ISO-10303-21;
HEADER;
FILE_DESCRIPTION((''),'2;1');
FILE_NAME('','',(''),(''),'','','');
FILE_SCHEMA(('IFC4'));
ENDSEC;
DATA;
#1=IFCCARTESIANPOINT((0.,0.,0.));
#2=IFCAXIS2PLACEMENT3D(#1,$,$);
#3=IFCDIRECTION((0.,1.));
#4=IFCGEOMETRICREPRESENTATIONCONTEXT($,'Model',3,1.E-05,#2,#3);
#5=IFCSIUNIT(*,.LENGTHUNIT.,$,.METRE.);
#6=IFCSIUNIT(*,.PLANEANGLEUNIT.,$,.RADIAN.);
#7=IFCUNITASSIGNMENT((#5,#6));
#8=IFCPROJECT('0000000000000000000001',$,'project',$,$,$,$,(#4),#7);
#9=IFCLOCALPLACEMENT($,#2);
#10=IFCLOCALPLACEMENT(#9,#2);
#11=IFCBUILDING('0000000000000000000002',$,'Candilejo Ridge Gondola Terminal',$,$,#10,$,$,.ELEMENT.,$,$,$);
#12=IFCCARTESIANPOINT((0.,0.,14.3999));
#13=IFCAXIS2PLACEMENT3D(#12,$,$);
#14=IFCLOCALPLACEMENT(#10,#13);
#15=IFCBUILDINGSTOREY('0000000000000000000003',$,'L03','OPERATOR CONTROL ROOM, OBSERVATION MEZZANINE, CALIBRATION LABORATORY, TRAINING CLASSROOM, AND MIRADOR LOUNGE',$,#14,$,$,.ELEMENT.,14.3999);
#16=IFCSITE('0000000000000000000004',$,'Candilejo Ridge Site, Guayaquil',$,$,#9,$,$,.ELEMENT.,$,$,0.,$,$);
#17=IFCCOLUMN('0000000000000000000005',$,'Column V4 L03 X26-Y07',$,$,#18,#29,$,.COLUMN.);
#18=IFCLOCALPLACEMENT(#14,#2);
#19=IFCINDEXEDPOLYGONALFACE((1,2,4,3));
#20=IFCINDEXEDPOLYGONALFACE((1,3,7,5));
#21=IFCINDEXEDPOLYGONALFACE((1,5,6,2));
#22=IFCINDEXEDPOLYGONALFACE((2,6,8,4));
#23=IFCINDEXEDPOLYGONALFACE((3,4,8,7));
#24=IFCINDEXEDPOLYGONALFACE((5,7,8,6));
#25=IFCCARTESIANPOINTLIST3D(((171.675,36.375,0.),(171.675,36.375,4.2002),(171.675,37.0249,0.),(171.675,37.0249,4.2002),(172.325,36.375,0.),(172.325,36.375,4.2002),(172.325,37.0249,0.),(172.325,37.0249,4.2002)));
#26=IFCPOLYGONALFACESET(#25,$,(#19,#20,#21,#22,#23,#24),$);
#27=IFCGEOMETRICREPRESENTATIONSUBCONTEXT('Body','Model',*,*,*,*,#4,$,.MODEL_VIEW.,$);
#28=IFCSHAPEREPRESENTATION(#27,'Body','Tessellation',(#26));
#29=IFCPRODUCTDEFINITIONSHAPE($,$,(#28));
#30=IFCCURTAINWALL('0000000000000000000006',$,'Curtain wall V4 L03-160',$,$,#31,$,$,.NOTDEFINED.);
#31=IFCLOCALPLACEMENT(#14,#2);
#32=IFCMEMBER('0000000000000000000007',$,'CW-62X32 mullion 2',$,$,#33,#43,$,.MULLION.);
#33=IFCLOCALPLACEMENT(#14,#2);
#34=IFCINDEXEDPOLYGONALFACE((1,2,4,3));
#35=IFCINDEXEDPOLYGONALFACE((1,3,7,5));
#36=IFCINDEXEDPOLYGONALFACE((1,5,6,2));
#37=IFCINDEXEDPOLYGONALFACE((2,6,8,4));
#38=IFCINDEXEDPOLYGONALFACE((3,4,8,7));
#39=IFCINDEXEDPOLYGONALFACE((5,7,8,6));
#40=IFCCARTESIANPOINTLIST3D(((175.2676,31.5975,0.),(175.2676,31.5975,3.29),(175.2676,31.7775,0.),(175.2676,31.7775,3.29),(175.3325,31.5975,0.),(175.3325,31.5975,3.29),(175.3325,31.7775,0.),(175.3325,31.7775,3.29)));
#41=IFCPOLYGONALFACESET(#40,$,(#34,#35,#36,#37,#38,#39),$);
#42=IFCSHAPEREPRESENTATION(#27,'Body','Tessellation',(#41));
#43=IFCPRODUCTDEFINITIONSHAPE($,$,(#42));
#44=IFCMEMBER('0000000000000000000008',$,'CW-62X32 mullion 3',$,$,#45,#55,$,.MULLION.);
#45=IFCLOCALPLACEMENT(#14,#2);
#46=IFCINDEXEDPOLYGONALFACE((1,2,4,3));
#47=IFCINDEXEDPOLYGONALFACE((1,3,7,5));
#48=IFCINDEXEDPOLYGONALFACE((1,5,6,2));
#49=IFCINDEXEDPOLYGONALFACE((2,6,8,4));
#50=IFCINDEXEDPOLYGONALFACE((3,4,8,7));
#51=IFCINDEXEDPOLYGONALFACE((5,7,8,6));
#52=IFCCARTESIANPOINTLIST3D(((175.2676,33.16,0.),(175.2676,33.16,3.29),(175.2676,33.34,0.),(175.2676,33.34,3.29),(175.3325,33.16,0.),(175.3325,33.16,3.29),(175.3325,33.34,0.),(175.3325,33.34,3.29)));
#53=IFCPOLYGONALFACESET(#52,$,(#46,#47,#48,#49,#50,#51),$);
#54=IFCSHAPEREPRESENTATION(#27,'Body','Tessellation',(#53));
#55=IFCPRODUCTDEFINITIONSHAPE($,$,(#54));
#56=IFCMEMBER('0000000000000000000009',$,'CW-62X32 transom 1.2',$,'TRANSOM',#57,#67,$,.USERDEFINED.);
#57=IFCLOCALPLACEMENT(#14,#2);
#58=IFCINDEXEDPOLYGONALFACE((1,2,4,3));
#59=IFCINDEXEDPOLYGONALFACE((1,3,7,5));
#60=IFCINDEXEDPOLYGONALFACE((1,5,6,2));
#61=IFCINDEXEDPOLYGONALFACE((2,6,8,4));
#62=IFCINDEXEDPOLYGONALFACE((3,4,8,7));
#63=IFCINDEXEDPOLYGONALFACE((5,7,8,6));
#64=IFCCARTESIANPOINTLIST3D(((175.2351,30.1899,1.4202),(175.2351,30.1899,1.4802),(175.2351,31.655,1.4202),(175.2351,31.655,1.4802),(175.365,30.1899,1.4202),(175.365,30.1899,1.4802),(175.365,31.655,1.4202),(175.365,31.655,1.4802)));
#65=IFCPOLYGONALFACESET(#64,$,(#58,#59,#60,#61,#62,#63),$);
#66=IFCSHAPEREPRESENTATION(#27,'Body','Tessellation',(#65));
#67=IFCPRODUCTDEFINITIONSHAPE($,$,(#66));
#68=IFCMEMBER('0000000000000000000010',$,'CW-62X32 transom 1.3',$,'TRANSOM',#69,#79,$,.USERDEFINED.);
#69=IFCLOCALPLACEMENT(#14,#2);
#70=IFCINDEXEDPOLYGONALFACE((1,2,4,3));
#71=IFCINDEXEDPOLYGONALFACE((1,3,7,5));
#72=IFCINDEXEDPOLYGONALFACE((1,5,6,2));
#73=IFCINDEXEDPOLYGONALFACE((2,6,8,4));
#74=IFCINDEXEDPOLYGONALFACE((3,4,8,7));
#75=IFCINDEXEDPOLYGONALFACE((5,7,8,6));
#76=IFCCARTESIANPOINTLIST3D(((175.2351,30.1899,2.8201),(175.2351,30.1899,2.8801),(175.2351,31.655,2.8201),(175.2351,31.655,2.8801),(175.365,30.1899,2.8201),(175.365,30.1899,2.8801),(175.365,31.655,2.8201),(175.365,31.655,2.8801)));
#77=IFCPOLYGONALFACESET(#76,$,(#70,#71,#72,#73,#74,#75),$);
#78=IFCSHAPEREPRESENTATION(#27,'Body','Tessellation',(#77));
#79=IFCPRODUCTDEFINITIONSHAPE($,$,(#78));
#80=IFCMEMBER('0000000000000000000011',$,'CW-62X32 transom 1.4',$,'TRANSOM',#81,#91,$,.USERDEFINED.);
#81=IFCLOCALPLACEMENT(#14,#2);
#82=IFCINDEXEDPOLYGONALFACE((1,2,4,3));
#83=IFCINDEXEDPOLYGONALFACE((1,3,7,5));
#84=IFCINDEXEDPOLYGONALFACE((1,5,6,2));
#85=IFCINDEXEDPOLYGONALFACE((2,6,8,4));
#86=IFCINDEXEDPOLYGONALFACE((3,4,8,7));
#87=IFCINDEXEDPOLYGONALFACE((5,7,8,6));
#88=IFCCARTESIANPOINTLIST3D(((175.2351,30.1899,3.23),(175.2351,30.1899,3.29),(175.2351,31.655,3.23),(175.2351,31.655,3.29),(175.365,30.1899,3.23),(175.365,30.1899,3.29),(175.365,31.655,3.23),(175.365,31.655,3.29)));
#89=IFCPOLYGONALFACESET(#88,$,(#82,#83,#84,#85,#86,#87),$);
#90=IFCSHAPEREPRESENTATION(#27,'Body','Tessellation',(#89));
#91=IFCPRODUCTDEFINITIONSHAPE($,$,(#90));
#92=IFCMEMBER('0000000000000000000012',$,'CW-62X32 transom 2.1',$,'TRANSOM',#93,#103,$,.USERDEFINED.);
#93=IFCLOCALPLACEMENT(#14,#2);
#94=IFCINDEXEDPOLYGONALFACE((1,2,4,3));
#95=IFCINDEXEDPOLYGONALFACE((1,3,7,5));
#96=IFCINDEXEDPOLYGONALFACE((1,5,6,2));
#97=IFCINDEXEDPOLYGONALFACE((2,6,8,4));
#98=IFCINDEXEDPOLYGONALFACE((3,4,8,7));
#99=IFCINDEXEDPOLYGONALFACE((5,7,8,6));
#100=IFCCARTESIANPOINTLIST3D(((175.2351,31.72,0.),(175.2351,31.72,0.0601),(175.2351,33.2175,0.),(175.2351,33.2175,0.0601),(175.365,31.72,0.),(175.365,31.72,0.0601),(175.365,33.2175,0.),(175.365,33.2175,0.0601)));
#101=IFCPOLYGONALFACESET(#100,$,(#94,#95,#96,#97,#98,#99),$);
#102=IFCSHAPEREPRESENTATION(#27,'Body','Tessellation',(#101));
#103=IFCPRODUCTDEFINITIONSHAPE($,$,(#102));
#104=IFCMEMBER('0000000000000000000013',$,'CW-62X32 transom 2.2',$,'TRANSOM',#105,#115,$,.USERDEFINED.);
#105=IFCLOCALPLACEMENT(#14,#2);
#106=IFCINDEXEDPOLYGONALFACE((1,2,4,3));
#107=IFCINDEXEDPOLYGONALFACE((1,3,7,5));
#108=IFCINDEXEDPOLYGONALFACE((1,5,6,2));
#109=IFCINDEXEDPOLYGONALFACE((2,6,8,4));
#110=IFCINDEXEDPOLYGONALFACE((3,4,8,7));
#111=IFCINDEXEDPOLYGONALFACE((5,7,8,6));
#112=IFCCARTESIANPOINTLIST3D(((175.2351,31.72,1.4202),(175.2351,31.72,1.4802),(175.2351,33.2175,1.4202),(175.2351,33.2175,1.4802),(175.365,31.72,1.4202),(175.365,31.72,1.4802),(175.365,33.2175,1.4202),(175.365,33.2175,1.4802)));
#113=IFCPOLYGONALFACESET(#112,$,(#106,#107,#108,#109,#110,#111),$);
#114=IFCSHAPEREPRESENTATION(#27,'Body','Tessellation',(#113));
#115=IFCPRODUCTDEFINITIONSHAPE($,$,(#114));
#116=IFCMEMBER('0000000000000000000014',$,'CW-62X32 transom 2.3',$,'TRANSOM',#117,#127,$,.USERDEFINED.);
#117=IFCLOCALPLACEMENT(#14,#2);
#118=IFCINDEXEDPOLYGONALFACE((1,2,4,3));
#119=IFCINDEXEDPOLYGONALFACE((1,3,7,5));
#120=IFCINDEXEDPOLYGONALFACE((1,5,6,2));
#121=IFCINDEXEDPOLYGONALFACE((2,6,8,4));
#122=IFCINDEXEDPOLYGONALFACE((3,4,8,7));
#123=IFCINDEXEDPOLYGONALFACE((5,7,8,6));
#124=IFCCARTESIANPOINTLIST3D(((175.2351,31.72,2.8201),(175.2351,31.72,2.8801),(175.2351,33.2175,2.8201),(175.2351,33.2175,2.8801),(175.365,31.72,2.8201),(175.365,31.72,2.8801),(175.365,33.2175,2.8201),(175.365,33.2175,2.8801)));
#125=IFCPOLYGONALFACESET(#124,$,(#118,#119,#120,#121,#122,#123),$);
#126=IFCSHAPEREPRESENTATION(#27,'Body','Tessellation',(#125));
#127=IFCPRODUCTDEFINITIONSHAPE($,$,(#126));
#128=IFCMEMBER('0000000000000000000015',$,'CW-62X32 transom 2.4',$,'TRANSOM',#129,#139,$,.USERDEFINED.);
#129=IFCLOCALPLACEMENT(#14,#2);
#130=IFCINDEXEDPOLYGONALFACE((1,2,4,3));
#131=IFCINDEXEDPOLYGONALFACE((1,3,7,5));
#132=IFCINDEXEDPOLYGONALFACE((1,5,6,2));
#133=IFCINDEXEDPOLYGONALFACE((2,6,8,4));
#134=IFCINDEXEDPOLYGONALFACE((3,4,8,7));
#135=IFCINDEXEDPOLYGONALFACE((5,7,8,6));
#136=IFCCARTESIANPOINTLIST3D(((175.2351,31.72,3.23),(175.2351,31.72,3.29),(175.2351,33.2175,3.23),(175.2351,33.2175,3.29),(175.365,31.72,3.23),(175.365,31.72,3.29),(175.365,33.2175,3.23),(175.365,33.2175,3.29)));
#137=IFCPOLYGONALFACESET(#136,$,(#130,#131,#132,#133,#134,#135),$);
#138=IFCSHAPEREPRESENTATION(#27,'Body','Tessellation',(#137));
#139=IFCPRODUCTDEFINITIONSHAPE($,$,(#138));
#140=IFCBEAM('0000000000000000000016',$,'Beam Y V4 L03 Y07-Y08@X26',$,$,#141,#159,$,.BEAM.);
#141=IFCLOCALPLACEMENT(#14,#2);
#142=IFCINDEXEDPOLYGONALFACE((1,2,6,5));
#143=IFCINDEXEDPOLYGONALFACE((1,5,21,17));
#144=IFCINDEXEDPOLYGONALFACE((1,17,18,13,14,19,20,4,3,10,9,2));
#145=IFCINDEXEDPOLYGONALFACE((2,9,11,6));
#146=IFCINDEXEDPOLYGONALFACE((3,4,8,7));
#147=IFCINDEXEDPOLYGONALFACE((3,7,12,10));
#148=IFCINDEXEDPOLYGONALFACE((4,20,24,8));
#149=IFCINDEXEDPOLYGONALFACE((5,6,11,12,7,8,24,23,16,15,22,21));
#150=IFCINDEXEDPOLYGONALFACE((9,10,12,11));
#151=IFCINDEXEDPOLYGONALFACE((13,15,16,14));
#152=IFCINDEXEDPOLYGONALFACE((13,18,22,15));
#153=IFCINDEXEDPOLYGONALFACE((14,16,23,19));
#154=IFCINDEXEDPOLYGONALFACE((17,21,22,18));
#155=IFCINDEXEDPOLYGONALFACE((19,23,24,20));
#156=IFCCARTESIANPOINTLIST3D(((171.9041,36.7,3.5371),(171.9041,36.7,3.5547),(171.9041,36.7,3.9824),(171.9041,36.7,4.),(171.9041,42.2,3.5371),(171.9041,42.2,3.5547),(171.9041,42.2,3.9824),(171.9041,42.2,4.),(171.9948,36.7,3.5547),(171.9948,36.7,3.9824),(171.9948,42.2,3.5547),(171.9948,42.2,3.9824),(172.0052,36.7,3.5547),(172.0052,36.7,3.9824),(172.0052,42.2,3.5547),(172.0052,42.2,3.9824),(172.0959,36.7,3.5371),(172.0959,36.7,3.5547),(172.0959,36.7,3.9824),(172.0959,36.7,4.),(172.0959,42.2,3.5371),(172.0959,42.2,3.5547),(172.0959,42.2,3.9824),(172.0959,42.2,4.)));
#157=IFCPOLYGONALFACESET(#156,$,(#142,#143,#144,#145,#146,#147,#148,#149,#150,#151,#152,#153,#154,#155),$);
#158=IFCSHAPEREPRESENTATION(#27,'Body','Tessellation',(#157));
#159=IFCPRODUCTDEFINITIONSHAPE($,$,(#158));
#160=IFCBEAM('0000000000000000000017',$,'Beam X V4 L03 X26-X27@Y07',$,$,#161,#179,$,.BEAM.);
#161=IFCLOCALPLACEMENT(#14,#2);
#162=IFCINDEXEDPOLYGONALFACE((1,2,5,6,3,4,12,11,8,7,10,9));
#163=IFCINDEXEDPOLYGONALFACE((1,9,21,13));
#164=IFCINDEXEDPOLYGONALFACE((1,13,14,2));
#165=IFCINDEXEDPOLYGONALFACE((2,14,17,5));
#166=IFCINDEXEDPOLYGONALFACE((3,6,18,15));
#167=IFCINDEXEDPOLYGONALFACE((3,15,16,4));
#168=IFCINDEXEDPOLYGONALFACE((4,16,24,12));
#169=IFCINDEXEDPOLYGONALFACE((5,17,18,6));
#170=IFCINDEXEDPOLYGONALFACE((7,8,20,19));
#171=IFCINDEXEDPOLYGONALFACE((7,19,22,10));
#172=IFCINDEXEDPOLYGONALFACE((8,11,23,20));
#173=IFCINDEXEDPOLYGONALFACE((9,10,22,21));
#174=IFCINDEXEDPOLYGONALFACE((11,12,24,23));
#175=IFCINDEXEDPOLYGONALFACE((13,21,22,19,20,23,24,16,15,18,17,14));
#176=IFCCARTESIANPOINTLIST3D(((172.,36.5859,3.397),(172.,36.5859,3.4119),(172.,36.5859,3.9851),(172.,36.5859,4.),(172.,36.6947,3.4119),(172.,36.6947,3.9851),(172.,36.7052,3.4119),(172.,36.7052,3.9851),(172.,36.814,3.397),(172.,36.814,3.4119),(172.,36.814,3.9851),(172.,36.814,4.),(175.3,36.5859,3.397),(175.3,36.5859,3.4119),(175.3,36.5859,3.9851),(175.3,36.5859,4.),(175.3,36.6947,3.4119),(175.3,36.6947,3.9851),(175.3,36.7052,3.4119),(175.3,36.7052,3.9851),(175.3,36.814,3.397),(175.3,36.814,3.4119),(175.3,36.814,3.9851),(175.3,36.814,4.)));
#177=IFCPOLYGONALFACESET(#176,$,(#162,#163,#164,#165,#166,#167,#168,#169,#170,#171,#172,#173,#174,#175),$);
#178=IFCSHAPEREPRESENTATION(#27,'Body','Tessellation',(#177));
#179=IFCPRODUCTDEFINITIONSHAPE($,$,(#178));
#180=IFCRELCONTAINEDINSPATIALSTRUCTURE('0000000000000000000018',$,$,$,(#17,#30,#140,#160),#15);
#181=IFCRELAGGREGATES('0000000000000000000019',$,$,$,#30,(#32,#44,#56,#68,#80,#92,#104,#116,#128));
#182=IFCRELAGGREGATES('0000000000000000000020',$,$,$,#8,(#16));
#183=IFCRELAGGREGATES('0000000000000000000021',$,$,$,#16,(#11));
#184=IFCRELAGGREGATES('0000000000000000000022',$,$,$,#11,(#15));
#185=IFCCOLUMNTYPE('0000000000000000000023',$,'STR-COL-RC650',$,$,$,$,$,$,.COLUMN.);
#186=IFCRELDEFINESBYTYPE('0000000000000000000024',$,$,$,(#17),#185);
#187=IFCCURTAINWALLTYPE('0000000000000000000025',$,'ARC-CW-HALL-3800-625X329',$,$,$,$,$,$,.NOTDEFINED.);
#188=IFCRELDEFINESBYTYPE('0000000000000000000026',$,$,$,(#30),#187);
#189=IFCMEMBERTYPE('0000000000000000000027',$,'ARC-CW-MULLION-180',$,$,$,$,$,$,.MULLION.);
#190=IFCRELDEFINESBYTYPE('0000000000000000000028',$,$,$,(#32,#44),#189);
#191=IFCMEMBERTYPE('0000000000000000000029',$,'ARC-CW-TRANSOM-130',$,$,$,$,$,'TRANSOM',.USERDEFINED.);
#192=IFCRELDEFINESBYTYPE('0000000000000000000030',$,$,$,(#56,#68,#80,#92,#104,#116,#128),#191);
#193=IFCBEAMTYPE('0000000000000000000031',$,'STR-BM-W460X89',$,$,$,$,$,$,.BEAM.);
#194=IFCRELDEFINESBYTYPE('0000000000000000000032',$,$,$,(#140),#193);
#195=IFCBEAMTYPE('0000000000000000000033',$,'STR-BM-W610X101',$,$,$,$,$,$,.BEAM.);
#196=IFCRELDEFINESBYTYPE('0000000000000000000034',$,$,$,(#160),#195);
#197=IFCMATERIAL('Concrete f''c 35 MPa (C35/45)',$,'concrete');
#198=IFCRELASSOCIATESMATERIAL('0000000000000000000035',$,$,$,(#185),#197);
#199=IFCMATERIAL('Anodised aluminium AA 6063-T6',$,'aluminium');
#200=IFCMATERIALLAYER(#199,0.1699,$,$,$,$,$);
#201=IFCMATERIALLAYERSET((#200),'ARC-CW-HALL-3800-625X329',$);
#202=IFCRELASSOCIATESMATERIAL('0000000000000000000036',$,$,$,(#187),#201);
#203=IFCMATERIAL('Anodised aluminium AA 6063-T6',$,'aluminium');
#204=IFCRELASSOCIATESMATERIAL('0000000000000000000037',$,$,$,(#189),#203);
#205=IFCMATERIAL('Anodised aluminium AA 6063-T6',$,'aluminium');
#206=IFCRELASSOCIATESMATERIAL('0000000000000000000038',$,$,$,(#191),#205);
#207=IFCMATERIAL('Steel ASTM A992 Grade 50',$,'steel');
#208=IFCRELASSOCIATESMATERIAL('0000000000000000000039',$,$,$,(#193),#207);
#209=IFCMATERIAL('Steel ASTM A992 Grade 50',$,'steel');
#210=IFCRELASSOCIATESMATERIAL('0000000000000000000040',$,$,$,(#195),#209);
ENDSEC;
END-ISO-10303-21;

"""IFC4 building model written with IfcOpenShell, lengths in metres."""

from ifc_helpers import new_model, si_unit, direction, frame, origin, origin_2d, place, context, subcontext, project, spatial, rectangle, i_section, extrude, material, layer, layer_set, material_profile, profile_set, type_object, element, aggregate, save


model = new_model("IFC4")

# Units and contexts
model_context = context("Model", 3, precision=1e-05, world=origin(), true_north=direction((0.0, 1.0)))
body_context = subcontext(model_context, "Body", "Model", "MODEL_VIEW")
ifc_project = project(units=[si_unit("LENGTHUNIT", "METRE"), si_unit("PLANEANGLEUNIT", "RADIAN")], contexts=[model_context])

# Site, building, storey
site_placement = place(None, origin())
site = spatial("IfcSite", under=ifc_project, at=site_placement, Name="Candilejo Ridge Site, Guayaquil", CompositionType="ELEMENT", RefElevation=0.0)
building_placement = place(site_placement, origin())
building = spatial("IfcBuilding", under=site, at=building_placement, Name="Candilejo Ridge Gondola Terminal", CompositionType="ELEMENT")
storey_placement = place(building_placement, frame((0.0, 0.0, 14.3999)))
storey = spatial("IfcBuildingStorey", under=building, at=storey_placement, Name="L03", Description="OPERATOR CONTROL ROOM, OBSERVATION MEZZANINE, CALIBRATION LABORATORY, TRAINING CLASSROOM, AND MIRADOR LOUNGE", CompositionType="ELEMENT", Elevation=14.3999)

# Column
ifc_material_1 = material(Name="Concrete f'c 35 MPa (C35/45)", Category="concrete")
ifc_material_profile_1 = material_profile(ifc_material_1, rectangle(XDim=0.6499, YDim=0.6499, at=origin_2d()))
ifc_profile_set_1 = profile_set([ifc_material_profile_1], Name="Concrete f'c 35 MPa (C35/45)")
column_type = type_object("IfcColumnType", Name="STR-COL-RC650", PredefinedType="COLUMN", material=ifc_profile_set_1)
column_placement = place(storey_placement, frame((172.0, 36.7, 0.0), z_axis=(0.0, 0.0, 1.0), x_axis=(1.0, 0.0, 0.0)))
element("IfcColumn", 1, at=column_placement, inside=storey, type_object=column_type, Name="Column V4 L03 X26-Y07", PredefinedType="COLUMN", context=body_context, shape_type="SweptSolid", body=[
    extrude(rectangle(XDim=0.6499, YDim=0.6499, at=origin_2d()), origin(), (0.0, 0.0, 1.0), 4.2002),
])

# Curtain wall, members
ifc_material_2 = material(Name="Anodised aluminium AA 6063-T6", Category="aluminium")
ifc_layer_1 = layer(ifc_material_2, 0.1699)
ifc_layer_set_1 = layer_set([ifc_layer_1], Name="ARC-CW-HALL-3800-625X329")
curtain_wall_type = type_object("IfcCurtainWallType", Name="ARC-CW-HALL-3800-625X329", PredefinedType="NOTDEFINED", material=ifc_layer_set_1)
curtain_wall_placement = place(storey_placement, origin())
curtain_wall = element("IfcCurtainWall", 2, at=curtain_wall_placement, inside=storey, type_object=curtain_wall_type, Name="Curtain wall V4 L03-160", PredefinedType="NOTDEFINED")
ifc_material_3 = material(Name="Anodised aluminium AA 6063-T6", Category="aluminium")
ifc_material_profile_2 = material_profile(ifc_material_3, rectangle(XDim=0.0649, YDim=0.1799, at=origin_2d()))
ifc_profile_set_2 = profile_set([ifc_material_profile_2], Name="Anodised aluminium AA 6063-T6")
member_type_1 = type_object("IfcMemberType", Name="ARC-CW-MULLION-180", PredefinedType="MULLION", material=ifc_profile_set_2)
member_1_placement = place(storey_placement, frame((175.3, 31.6875, 0.0), z_axis=(0.0, 0.0, 1.0), x_axis=(-1.0, 0.0, 0.0)))
member_1 = element("IfcMember", 3, at=member_1_placement, type_object=member_type_1, Name="CW-62X32 mullion 2", PredefinedType="MULLION", context=body_context, shape_type="SweptSolid", body=[
    extrude(rectangle(XDim=0.0649, YDim=0.1799, at=origin_2d()), origin(), (0.0, 0.0, 1.0), 3.29),
])
member_2_placement = place(storey_placement, frame((175.3, 33.25, 0.0), z_axis=(0.0, 0.0, 1.0), x_axis=(-1.0, 0.0, 0.0)))
member_2 = element("IfcMember", 4, at=member_2_placement, type_object=member_type_1, Name="CW-62X32 mullion 3", PredefinedType="MULLION", context=body_context, shape_type="SweptSolid", body=[
    extrude(rectangle(XDim=0.0649, YDim=0.1799, at=origin_2d()), origin(), (0.0, 0.0, 1.0), 3.29),
])
ifc_material_4 = material(Name="Anodised aluminium AA 6063-T6", Category="aluminium")
ifc_material_profile_3 = material_profile(ifc_material_4, rectangle(XDim=0.1299, YDim=0.0601, at=origin_2d()))
ifc_profile_set_3 = profile_set([ifc_material_profile_3], Name="Anodised aluminium AA 6063-T6")
member_type_2 = type_object("IfcMemberType", Name="ARC-CW-TRANSOM-130", ElementType="TRANSOM", PredefinedType="USERDEFINED", material=ifc_profile_set_3)
member_3_placement = place(storey_placement, frame((175.3, 30.1899, 1.4502), z_axis=(0.0, 1.0, 0.0), x_axis=(-1.0, 0.0, 0.0)))
member_3 = element("IfcMember", 5, at=member_3_placement, type_object=member_type_2, Name="CW-62X32 transom 1.2", ObjectType="TRANSOM", PredefinedType="USERDEFINED", context=body_context, shape_type="SweptSolid", body=[
    extrude(rectangle(XDim=0.1299, YDim=0.0601, at=origin_2d()), origin(), (0.0, 0.0, 1.0), 1.4651),
])
member_4_placement = place(storey_placement, frame((175.3, 30.1899, 2.8501), z_axis=(0.0, 1.0, 0.0), x_axis=(-1.0, 0.0, 0.0)))
member_4 = element("IfcMember", 6, at=member_4_placement, type_object=member_type_2, Name="CW-62X32 transom 1.3", ObjectType="TRANSOM", PredefinedType="USERDEFINED", context=body_context, shape_type="SweptSolid", body=[
    extrude(rectangle(XDim=0.1299, YDim=0.0601, at=origin_2d()), origin(), (0.0, 0.0, 1.0), 1.4651),
])
member_5_placement = place(storey_placement, frame((175.3, 30.1899, 3.26), z_axis=(0.0, 1.0, 0.0), x_axis=(-1.0, 0.0, 0.0)))
member_5 = element("IfcMember", 7, at=member_5_placement, type_object=member_type_2, Name="CW-62X32 transom 1.4", ObjectType="TRANSOM", PredefinedType="USERDEFINED", context=body_context, shape_type="SweptSolid", body=[
    extrude(rectangle(XDim=0.1299, YDim=0.0601, at=origin_2d()), origin(), (0.0, 0.0, 1.0), 1.4651),
])
member_6_placement = place(storey_placement, frame((175.3, 31.72, 0.03), z_axis=(0.0, 1.0, 0.0), x_axis=(-1.0, 0.0, 0.0)))
member_6 = element("IfcMember", 8, at=member_6_placement, type_object=member_type_2, Name="CW-62X32 transom 2.1", ObjectType="TRANSOM", PredefinedType="USERDEFINED", context=body_context, shape_type="SweptSolid", body=[
    extrude(rectangle(XDim=0.1299, YDim=0.0601, at=origin_2d()), origin(), (0.0, 0.0, 1.0), 1.4976),
])
member_7_placement = place(storey_placement, frame((175.3, 31.72, 1.4502), z_axis=(0.0, 1.0, 0.0), x_axis=(-1.0, 0.0, 0.0)))
member_7 = element("IfcMember", 9, at=member_7_placement, type_object=member_type_2, Name="CW-62X32 transom 2.2", ObjectType="TRANSOM", PredefinedType="USERDEFINED", context=body_context, shape_type="SweptSolid", body=[
    extrude(rectangle(XDim=0.1299, YDim=0.0601, at=origin_2d()), origin(), (0.0, 0.0, 1.0), 1.4976),
])
member_8_placement = place(storey_placement, frame((175.3, 31.72, 2.8501), z_axis=(0.0, 1.0, 0.0), x_axis=(-1.0, 0.0, 0.0)))
member_8 = element("IfcMember", 10, at=member_8_placement, type_object=member_type_2, Name="CW-62X32 transom 2.3", ObjectType="TRANSOM", PredefinedType="USERDEFINED", context=body_context, shape_type="SweptSolid", body=[
    extrude(rectangle(XDim=0.1299, YDim=0.0601, at=origin_2d()), origin(), (0.0, 0.0, 1.0), 1.4976),
])
member_9_placement = place(storey_placement, frame((175.3, 31.72, 3.26), z_axis=(0.0, 1.0, 0.0), x_axis=(-1.0, 0.0, 0.0)))
member_9 = element("IfcMember", 11, at=member_9_placement, type_object=member_type_2, Name="CW-62X32 transom 2.4", ObjectType="TRANSOM", PredefinedType="USERDEFINED", context=body_context, shape_type="SweptSolid", body=[
    extrude(rectangle(XDim=0.1299, YDim=0.0601, at=origin_2d()), origin(), (0.0, 0.0, 1.0), 1.4976),
])

# Beams
ifc_material_5 = material(Name="Steel ASTM A992 Grade 50", Category="steel")
ifc_material_profile_4 = material_profile(ifc_material_5, i_section(OverallWidth=0.1919, OverallDepth=0.4629, WebThickness=0.0105, FlangeThickness=0.0176, at=origin_2d()))
ifc_profile_set_4 = profile_set([ifc_material_profile_4], Name="Steel ASTM A992 Grade 50")
beam_type_1 = type_object("IfcBeamType", Name="STR-BM-W460X89", PredefinedType="BEAM", material=ifc_profile_set_4)
beam_1_placement = place(storey_placement, frame((172.0, 36.7, 3.7686), z_axis=(0.0, 1.0, 0.0), x_axis=(-1.0, 0.0, 0.0)))
element("IfcBeam", 12, at=beam_1_placement, inside=storey, type_object=beam_type_1, Name="Beam Y V4 L03 Y07-Y08@X26", PredefinedType="BEAM", context=body_context, shape_type="SweptSolid", body=[
    extrude(i_section(OverallWidth=0.1919, OverallDepth=0.4629, WebThickness=0.0105, FlangeThickness=0.0176, at=origin_2d()), origin(), (0.0, 0.0, 1.0), 5.5),
])
ifc_material_6 = material(Name="Steel ASTM A992 Grade 50", Category="steel")
ifc_material_profile_5 = material_profile(ifc_material_6, i_section(OverallWidth=0.228, OverallDepth=0.603, WebThickness=0.0105, FlangeThickness=0.0149, at=origin_2d()))
ifc_profile_set_5 = profile_set([ifc_material_profile_5], Name="Steel ASTM A992 Grade 50")
beam_type_2 = type_object("IfcBeamType", Name="STR-BM-W610X101", PredefinedType="BEAM", material=ifc_profile_set_5)
beam_2_placement = place(storey_placement, frame((172.0, 36.7, 3.6985), z_axis=(1.0, 0.0, 0.0), x_axis=(0.0, 1.0, 0.0)))
element("IfcBeam", 13, at=beam_2_placement, inside=storey, type_object=beam_type_2, Name="Beam X V4 L03 X26-X27@Y07", PredefinedType="BEAM", context=body_context, shape_type="SweptSolid", body=[
    extrude(i_section(OverallWidth=0.228, OverallDepth=0.603, WebThickness=0.0105, FlangeThickness=0.0149, at=origin_2d()), origin(), (0.0, 0.0, 1.0), 3.3),
])

aggregate(curtain_wall, [member_1, member_2, member_3, member_4, member_5, member_6, member_7, member_8, member_9])

save(model, "model.ifc")
